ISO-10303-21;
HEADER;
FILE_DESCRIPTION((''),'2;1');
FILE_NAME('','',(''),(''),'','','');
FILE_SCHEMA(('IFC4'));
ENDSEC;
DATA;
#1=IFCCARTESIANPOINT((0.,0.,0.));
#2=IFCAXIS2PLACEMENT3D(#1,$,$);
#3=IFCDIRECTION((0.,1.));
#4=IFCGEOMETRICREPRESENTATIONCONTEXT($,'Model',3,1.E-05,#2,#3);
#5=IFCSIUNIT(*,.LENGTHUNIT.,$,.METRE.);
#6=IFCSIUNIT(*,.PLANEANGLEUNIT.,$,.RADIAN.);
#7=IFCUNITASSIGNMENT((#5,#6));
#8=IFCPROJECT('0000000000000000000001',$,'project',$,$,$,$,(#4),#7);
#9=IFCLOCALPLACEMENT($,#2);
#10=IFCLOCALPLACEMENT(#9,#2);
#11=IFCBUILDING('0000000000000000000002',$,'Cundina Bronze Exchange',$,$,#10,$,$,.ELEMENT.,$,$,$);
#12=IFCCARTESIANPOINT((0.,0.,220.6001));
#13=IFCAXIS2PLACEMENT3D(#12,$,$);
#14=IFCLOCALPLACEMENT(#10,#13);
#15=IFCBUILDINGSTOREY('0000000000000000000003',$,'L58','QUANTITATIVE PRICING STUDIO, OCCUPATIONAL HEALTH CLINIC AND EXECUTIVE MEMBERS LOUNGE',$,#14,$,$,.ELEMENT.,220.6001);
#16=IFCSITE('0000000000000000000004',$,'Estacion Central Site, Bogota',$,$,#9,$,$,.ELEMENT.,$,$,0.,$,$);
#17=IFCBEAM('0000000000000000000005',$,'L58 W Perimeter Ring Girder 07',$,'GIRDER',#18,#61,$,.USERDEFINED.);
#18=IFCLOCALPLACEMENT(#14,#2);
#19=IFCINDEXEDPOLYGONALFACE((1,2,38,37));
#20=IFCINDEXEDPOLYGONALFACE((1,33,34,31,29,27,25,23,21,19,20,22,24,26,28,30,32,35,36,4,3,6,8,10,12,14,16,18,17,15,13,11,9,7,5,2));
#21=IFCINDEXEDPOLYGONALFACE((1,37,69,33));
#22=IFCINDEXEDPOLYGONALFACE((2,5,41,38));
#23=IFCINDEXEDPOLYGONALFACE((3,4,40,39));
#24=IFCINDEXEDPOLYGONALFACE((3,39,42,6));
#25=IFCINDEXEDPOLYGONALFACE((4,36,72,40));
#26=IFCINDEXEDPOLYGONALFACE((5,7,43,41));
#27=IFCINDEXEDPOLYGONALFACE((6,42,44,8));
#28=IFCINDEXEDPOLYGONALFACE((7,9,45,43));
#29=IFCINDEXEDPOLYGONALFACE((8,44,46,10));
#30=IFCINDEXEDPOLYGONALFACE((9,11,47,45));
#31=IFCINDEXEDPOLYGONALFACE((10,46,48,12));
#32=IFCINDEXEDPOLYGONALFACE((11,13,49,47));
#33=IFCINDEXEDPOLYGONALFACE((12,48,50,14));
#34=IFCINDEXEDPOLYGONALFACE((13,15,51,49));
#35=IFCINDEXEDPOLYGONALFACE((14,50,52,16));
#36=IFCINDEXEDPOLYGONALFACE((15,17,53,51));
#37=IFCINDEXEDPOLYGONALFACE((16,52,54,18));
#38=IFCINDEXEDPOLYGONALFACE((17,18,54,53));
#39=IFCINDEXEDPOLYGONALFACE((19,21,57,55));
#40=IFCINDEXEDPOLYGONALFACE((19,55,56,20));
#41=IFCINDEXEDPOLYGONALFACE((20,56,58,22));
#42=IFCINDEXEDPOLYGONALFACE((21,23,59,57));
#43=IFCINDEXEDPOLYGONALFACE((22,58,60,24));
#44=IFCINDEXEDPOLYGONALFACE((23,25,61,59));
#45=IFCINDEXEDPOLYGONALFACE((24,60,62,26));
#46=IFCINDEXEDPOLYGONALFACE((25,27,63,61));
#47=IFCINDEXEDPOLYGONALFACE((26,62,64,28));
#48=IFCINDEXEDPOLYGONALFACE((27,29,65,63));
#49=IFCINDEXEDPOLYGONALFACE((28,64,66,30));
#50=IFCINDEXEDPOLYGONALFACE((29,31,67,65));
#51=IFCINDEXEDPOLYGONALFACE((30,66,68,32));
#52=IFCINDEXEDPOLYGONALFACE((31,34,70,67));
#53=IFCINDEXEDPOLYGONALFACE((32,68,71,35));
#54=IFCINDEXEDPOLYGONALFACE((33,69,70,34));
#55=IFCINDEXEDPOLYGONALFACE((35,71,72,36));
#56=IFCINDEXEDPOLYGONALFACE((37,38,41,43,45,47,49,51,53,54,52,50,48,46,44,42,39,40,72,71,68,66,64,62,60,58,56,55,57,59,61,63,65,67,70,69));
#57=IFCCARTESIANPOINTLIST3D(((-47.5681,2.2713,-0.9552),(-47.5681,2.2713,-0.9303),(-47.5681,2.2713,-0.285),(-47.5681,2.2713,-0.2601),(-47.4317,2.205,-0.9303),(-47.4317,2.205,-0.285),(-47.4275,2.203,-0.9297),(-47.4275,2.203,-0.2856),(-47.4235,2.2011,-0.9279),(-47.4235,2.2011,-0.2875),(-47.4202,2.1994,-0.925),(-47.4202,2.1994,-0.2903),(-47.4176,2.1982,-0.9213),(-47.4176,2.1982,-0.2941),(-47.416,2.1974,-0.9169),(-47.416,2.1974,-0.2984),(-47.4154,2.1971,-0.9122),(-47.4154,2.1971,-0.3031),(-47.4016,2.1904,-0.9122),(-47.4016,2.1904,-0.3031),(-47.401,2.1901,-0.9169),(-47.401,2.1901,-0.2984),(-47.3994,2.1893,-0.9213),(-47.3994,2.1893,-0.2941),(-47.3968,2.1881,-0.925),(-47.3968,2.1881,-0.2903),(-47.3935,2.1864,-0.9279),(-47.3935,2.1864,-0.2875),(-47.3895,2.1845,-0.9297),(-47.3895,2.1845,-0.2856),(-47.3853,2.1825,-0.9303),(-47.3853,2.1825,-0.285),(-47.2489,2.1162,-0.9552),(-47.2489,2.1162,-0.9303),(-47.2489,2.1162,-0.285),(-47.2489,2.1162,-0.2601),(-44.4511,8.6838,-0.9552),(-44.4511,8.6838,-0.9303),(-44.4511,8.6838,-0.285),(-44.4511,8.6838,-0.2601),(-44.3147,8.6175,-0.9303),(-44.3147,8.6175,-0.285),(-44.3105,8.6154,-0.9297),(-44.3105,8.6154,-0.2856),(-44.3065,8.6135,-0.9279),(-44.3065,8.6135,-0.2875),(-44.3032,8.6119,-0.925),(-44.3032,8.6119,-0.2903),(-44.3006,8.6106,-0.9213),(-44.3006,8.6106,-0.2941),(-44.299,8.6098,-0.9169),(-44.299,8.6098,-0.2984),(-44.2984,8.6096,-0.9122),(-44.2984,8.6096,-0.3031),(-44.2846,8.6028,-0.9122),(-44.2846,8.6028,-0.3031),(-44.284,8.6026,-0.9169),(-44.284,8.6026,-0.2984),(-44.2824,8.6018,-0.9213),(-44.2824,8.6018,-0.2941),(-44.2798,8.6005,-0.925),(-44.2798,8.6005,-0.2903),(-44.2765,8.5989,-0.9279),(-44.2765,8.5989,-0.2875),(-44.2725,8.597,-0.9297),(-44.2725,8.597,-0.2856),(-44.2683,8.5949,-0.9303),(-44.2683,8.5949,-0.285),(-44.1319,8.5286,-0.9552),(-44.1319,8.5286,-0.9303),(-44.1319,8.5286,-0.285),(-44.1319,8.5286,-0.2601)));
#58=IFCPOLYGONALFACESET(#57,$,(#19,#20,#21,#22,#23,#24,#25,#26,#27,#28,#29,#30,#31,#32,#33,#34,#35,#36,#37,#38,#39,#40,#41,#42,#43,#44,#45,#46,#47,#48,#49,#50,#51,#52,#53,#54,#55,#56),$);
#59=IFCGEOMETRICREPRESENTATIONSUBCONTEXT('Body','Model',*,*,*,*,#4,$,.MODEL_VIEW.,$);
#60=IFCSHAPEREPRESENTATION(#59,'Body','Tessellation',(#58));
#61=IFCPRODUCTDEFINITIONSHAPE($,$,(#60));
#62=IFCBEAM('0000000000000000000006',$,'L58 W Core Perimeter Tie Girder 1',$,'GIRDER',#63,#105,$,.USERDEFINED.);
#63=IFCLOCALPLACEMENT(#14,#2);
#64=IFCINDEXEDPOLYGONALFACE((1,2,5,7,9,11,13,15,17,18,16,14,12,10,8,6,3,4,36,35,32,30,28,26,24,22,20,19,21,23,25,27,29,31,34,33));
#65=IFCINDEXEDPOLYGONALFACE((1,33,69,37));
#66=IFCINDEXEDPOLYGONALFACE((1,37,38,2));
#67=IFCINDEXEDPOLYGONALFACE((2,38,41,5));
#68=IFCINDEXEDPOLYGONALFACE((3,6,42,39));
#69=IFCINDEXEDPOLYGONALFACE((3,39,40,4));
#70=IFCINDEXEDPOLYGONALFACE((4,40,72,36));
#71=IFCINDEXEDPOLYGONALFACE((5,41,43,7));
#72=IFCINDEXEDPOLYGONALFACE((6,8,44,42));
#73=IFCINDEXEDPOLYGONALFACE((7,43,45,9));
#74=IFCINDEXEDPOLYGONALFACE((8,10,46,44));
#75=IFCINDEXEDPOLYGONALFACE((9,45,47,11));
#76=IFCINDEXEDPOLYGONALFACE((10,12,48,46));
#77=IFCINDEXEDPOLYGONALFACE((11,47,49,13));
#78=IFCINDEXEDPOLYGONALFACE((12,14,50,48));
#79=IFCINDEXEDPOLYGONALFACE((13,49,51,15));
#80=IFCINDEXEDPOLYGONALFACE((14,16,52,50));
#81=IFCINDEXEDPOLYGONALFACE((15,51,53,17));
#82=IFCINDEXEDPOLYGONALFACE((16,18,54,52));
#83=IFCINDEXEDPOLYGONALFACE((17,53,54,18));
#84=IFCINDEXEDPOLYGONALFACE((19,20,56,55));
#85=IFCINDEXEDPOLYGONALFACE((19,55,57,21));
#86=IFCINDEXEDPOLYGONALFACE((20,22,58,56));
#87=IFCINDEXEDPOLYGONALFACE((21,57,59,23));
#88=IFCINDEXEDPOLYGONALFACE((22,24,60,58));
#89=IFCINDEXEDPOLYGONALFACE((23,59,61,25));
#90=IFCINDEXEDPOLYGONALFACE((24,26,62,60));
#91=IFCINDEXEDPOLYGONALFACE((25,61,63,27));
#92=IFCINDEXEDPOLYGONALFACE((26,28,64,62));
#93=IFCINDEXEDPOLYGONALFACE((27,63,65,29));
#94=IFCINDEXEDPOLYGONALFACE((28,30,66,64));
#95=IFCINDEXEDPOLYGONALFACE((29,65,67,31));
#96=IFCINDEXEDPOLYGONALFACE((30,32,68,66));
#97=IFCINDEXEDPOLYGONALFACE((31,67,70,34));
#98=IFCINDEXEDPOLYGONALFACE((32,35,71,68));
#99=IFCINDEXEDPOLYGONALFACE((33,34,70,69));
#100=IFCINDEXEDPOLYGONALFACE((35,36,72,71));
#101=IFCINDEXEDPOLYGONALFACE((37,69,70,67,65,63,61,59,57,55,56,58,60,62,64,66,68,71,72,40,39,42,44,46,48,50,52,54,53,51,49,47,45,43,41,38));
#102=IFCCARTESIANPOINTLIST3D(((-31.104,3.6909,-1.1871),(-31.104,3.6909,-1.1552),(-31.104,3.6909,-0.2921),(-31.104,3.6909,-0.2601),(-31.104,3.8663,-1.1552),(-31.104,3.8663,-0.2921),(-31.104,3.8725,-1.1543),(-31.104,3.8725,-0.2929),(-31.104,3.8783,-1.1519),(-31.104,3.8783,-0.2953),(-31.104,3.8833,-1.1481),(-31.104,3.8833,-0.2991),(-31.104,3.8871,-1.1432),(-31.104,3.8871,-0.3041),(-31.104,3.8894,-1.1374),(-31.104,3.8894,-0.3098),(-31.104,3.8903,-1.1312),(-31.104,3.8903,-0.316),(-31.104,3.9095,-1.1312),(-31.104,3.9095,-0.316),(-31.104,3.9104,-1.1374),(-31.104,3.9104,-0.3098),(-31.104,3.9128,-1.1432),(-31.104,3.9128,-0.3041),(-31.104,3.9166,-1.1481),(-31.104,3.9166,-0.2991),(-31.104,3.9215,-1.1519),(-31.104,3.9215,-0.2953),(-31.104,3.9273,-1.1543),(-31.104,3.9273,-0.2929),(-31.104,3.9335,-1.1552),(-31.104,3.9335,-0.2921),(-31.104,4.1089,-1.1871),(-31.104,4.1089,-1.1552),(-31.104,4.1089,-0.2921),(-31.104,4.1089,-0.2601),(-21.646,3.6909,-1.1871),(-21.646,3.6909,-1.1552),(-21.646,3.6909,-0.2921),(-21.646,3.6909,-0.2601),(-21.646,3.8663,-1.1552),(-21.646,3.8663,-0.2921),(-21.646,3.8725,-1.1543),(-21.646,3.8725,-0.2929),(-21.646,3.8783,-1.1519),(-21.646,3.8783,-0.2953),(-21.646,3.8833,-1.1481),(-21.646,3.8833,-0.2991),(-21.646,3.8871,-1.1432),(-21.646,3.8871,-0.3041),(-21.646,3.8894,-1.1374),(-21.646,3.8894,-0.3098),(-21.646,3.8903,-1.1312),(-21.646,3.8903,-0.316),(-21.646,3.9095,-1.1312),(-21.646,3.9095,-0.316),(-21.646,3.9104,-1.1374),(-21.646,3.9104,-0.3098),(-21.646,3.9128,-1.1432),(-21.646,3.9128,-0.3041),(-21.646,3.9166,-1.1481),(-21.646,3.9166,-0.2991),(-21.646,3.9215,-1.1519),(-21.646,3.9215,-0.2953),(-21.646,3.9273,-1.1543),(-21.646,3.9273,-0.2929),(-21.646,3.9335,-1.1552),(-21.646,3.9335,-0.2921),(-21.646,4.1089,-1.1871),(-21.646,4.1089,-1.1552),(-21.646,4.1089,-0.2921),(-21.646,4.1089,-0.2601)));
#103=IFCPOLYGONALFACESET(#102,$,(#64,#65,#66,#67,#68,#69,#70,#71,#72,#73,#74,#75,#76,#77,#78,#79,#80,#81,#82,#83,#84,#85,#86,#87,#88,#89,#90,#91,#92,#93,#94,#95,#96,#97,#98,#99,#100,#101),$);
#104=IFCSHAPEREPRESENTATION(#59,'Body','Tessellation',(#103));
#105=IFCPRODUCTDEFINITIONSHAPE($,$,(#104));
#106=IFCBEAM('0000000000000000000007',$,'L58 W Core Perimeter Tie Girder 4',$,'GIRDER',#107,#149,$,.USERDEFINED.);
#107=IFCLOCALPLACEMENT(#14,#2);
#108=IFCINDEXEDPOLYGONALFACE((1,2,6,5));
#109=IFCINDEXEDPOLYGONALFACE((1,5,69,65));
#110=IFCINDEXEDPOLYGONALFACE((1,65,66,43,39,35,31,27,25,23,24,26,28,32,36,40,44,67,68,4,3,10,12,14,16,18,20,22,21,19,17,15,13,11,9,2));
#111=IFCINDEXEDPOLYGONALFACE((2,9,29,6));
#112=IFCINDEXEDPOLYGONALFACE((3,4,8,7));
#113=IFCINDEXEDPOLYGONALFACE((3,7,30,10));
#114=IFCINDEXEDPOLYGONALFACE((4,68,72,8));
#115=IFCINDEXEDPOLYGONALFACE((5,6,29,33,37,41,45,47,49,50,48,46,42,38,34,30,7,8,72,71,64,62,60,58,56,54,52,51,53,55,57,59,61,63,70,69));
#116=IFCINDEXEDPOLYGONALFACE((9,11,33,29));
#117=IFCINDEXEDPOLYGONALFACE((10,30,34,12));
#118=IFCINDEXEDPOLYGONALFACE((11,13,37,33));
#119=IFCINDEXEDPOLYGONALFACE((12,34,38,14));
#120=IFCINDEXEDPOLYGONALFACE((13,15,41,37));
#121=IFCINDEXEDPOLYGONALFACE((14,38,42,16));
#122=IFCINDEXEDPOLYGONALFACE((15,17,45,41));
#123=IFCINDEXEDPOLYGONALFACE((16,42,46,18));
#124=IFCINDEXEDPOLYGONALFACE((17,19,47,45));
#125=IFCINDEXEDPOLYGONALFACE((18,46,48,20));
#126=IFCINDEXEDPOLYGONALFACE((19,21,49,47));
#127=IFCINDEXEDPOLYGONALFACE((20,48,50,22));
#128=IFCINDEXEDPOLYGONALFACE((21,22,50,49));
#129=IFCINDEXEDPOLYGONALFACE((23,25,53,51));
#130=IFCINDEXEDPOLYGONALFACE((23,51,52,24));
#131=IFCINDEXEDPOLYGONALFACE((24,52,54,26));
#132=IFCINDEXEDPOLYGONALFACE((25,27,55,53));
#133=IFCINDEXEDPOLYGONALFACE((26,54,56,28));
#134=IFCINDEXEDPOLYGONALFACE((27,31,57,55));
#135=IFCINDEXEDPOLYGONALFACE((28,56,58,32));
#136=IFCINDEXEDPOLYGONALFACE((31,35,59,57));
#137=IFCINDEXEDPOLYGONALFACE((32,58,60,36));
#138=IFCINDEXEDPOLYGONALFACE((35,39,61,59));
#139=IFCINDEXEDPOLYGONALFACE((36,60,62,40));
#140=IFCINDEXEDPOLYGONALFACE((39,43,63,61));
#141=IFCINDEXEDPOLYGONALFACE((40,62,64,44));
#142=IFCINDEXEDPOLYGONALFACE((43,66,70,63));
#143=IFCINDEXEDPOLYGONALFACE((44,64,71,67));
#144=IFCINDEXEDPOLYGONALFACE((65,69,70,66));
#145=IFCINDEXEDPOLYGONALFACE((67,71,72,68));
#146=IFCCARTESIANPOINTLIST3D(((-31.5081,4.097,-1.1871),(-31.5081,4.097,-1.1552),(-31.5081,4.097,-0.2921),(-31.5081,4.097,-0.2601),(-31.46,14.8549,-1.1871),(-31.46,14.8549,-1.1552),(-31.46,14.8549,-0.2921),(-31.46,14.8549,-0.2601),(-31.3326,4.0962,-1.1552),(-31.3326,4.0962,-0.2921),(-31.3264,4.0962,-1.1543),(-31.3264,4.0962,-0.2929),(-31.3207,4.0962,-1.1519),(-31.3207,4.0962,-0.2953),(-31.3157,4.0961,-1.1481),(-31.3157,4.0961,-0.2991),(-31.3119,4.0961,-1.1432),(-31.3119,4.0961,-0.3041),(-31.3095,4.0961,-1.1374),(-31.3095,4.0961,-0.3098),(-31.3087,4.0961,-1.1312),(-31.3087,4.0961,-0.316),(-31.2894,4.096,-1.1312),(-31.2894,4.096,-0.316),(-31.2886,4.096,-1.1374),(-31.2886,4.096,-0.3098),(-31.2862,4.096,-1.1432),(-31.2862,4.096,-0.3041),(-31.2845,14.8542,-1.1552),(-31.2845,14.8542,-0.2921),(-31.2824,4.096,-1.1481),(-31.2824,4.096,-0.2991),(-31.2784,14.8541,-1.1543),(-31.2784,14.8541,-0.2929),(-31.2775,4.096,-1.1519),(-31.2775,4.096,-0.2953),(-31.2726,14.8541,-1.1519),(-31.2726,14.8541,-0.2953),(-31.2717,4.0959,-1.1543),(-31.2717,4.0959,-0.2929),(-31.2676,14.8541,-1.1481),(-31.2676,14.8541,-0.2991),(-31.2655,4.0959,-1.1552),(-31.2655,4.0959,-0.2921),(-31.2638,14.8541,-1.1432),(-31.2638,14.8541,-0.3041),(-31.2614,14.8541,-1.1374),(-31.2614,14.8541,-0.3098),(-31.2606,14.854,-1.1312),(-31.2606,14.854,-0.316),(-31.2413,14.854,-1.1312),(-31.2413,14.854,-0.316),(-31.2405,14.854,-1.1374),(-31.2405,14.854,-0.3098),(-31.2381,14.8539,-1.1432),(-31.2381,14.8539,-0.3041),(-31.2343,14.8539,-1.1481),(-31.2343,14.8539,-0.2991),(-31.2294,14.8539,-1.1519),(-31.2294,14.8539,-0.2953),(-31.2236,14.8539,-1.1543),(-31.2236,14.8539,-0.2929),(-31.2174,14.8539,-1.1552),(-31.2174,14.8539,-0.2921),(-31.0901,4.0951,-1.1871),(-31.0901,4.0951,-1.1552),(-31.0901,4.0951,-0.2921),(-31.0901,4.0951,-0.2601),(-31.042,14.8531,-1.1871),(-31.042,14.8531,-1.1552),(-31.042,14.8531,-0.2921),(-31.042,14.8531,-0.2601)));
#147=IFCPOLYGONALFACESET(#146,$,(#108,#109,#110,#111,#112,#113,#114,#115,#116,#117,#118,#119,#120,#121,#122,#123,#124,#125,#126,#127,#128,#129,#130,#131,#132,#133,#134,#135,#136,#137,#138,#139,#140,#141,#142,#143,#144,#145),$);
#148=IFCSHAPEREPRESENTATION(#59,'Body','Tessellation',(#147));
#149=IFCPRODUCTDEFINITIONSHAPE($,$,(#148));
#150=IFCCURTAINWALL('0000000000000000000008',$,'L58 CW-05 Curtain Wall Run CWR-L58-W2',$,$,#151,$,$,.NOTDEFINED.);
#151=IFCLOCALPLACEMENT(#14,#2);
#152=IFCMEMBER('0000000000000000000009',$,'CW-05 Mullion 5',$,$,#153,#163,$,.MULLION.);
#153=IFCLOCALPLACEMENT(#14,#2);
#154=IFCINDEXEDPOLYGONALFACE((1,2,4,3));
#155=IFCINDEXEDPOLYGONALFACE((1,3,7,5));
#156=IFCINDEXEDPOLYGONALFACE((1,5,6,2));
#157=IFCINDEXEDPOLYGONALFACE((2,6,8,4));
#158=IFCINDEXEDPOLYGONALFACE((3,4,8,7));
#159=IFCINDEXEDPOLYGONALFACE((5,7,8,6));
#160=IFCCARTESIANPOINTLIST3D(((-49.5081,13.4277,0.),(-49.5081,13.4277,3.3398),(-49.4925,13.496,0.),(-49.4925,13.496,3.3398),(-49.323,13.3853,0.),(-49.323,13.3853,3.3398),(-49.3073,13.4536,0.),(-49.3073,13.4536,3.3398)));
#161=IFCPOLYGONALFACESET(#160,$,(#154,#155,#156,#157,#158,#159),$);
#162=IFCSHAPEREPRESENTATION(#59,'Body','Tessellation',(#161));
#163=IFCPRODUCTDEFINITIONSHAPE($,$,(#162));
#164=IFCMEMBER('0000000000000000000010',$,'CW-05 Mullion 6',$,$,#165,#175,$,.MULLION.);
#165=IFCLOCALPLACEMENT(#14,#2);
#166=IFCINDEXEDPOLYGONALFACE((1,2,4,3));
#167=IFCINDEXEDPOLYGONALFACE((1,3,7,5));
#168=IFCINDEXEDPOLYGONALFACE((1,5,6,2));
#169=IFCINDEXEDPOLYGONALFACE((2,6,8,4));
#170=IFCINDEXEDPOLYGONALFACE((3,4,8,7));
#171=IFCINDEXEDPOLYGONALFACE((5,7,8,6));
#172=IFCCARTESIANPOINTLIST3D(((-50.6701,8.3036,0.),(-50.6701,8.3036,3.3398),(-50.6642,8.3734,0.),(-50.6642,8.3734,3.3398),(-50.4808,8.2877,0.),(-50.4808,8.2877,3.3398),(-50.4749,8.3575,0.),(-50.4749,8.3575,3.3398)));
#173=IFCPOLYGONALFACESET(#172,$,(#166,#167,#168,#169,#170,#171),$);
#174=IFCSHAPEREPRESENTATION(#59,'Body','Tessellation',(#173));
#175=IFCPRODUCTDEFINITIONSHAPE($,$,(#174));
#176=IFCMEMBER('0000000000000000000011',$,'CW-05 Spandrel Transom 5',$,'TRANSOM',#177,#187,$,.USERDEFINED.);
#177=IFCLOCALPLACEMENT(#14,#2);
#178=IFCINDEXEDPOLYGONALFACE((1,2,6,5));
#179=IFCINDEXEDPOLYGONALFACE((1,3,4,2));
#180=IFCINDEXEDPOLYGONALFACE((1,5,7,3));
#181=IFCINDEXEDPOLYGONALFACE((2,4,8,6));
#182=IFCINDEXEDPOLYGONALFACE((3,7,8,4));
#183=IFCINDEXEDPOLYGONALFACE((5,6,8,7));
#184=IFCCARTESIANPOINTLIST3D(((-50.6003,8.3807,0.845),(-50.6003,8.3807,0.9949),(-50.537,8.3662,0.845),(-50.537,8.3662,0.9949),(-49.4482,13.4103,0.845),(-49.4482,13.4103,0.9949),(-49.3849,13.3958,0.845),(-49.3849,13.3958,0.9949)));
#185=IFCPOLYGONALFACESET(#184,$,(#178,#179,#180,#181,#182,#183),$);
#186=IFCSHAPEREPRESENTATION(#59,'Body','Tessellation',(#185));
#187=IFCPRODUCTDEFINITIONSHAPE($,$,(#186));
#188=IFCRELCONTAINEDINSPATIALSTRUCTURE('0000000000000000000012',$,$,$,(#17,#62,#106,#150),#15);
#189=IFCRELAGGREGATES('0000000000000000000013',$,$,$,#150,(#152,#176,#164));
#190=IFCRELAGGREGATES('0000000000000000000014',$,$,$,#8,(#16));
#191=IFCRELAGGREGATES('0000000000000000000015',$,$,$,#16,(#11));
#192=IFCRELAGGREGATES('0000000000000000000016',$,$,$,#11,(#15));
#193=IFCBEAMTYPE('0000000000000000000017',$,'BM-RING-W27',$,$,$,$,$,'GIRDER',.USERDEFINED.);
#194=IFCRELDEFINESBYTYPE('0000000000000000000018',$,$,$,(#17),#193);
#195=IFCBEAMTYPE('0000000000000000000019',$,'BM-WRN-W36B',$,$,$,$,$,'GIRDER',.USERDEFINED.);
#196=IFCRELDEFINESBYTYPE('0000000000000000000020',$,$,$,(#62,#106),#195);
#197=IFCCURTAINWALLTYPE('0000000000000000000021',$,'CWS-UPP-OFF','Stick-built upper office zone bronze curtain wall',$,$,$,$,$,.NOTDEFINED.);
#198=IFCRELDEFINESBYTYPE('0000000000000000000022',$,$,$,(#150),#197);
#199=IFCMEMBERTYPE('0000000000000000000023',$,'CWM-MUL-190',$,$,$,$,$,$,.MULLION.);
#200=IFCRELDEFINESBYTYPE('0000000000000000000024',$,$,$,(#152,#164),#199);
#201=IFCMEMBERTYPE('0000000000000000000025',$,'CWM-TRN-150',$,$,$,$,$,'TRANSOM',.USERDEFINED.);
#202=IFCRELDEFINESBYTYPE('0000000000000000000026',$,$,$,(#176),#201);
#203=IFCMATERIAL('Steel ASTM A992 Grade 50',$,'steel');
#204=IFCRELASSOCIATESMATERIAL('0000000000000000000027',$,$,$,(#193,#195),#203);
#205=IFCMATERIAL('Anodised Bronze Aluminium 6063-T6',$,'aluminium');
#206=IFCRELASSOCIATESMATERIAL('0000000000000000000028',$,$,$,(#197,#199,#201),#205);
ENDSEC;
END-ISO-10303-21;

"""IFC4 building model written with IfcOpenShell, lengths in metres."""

from ifc_helpers import new_model, si_unit, direction, frame, origin, origin_2d, place, context, subcontext, project, spatial, rectangle, i_section, extrude, material, material_profile, profile_set, type_object, element, aggregate, save


model = new_model("IFC4")

# Units and contexts
model_context = context("Model", 3, precision=1e-05, world=origin(), true_north=direction((0.0, 1.0)))
body_context = subcontext(model_context, "Body", "Model", "MODEL_VIEW")
ifc_project = project(units=[si_unit("LENGTHUNIT", "METRE"), si_unit("PLANEANGLEUNIT", "RADIAN")], contexts=[model_context])

# Site, building, storey
site_placement = place(None, origin())
site = spatial("IfcSite", under=ifc_project, at=site_placement, Name="Estacion Central Site, Bogota", CompositionType="ELEMENT", RefElevation=0.0)
building_placement = place(site_placement, origin())
building = spatial("IfcBuilding", under=site, at=building_placement, Name="Cundina Bronze Exchange", CompositionType="ELEMENT")
storey_placement = place(building_placement, frame((0.0, 0.0, 220.6001)))
storey = spatial("IfcBuildingStorey", under=building, at=storey_placement, Name="L58", Description="QUANTITATIVE PRICING STUDIO, OCCUPATIONAL HEALTH CLINIC AND EXECUTIVE MEMBERS LOUNGE", CompositionType="ELEMENT", Elevation=220.6001)

# Beams
ifc_material_1 = material(Name="Steel ASTM A992 Grade 50", Category="steel")
ifc_material_profile_1 = material_profile(ifc_material_1, i_section(OverallWidth=0.355, OverallDepth=0.6951, WebThickness=0.0154, FlangeThickness=0.0249, FilletRadius=0.0181, at=origin_2d()), Name="W27X146", Category="steel")
ifc_profile_set_1 = profile_set([ifc_material_profile_1], Name="Steel ASTM A992 Grade 50")
beam_type_1 = type_object("IfcBeamType", Name="BM-RING-W27", ElementType="GIRDER", PredefinedType="USERDEFINED", material=ifc_profile_set_1)
beam_1_placement = place(storey_placement, frame((-44.2915, 8.6062, -0.6077), z_axis=(-0.437173, -0.899377, 0.0), x_axis=(0.899377, -0.437173, 0.0)))
element("IfcBeam", 1, at=beam_1_placement, inside=storey, type_object=beam_type_1, Name="L58 W Perimeter Ring Girder 07", ObjectType="GIRDER", PredefinedType="USERDEFINED", context=body_context, shape_type="SweptSolid", body=[
    extrude(i_section(OverallWidth=0.355, OverallDepth=0.6951, WebThickness=0.0154, FlangeThickness=0.0249, FilletRadius=0.0181, at=origin_2d()), origin(), (0.0, 0.0, 1.0), 7.1299),
])
ifc_material_profile_2 = material_profile(ifc_material_1, i_section(OverallWidth=0.418, OverallDepth=0.927, WebThickness=0.0193, FlangeThickness=0.032, FilletRadius=0.0239, at=origin_2d()), Name="W36X231", Category="steel")
ifc_profile_set_2 = profile_set([ifc_material_profile_2], Name="Steel ASTM A992 Grade 50")
beam_type_2 = type_object("IfcBeamType", Name="BM-WRN-W36B", ElementType="GIRDER", PredefinedType="USERDEFINED", material=ifc_profile_set_2)
beam_2_placement = place(storey_placement, frame((-31.104, 3.8999, -0.7236), z_axis=(1.0, 0.0, 0.0), x_axis=(0.0, 1.0, 0.0)))
element("IfcBeam", 2, at=beam_2_placement, inside=storey, type_object=beam_type_2, Name="L58 W Core Perimeter Tie Girder 1", ObjectType="GIRDER", PredefinedType="USERDEFINED", context=body_context, shape_type="SweptSolid", body=[
    extrude(i_section(OverallWidth=0.418, OverallDepth=0.927, WebThickness=0.0193, FlangeThickness=0.032, FilletRadius=0.0239, at=origin_2d()), origin(), (0.0, 0.0, 1.0), 9.458),
])
beam_3_placement = place(storey_placement, frame((-31.251, 14.854, -0.7236), z_axis=(-0.004471, -0.99999, 0.0), x_axis=(0.99999, -0.004471, 0.0)))
element("IfcBeam", 3, at=beam_3_placement, inside=storey, type_object=beam_type_2, Name="L58 W Core Perimeter Tie Girder 4", ObjectType="GIRDER", PredefinedType="USERDEFINED", context=body_context, shape_type="SweptSolid", body=[
    extrude(i_section(OverallWidth=0.418, OverallDepth=0.927, WebThickness=0.0193, FlangeThickness=0.032, FilletRadius=0.0239, at=origin_2d()), origin(), (0.0, 0.0, 1.0), 10.7581),
])

# Curtain wall, members
ifc_material_2 = material(Name="Anodised Bronze Aluminium 6063-T6", Category="aluminium")
curtain_wall_type = type_object("IfcCurtainWallType", Name="CWS-UPP-OFF", Description="Stick-built upper office zone bronze curtain wall", PredefinedType="NOTDEFINED", material=ifc_material_2)
curtain_wall_placement = place(storey_placement, origin())
curtain_wall = element("IfcCurtainWall", 4, at=curtain_wall_placement, inside=storey, type_object=curtain_wall_type, Name="L58 CW-05 Curtain Wall Run CWR-L58-W2", PredefinedType="NOTDEFINED")
ifc_material_profile_3 = material_profile(ifc_material_2, rectangle(XDim=0.0701, YDim=0.1899, at=origin_2d()), Name="AL70X190", Category="aluminium")
ifc_profile_set_3 = profile_set([ifc_material_profile_3], Name="Anodised Bronze Aluminium 6063-T6")
member_type_1 = type_object("IfcMemberType", Name="CWM-MUL-190", PredefinedType="MULLION", material=ifc_profile_set_3)
member_1_placement = place(storey_placement, frame((-49.4077, 13.4407, 0.0), z_axis=(0.0, 0.0, 1.0), x_axis=(-0.22325, -0.974761, 0.0)))
member_1 = element("IfcMember", 5, at=member_1_placement, type_object=member_type_1, Name="CW-05 Mullion 5", PredefinedType="MULLION", context=body_context, shape_type="SweptSolid", body=[
    extrude(rectangle(XDim=0.0701, YDim=0.1899, at=origin_2d()), origin(), (0.0, 0.0, 1.0), 3.3398),
])
member_2_placement = place(storey_placement, frame((-50.5725, 8.3306, 0.0), z_axis=(0.0, 0.0, 1.0), x_axis=(-0.083678, -0.996493, 0.0)))
member_2 = element("IfcMember", 6, at=member_2_placement, type_object=member_type_1, Name="CW-05 Mullion 6", PredefinedType="MULLION", context=body_context, shape_type="SweptSolid", body=[
    extrude(rectangle(XDim=0.0701, YDim=0.1899, at=origin_2d()), origin(), (0.0, 0.0, 1.0), 3.3398),
])
ifc_material_profile_4 = material_profile(ifc_material_2, rectangle(XDim=0.0649, YDim=0.1499, at=origin_2d()), Name="AL65X150", Category="aluminium")
ifc_profile_set_4 = profile_set([ifc_material_profile_4], Name="Anodised Bronze Aluminium 6063-T6")
member_type_2 = type_object("IfcMemberType", Name="CWM-TRN-150", ElementType="TRANSOM", PredefinedType="USERDEFINED", material=ifc_profile_set_4)
member_3_placement = place(storey_placement, frame((-49.4165, 13.4031, 0.9199), z_axis=(-0.223283, -0.974754, 0.0), x_axis=(0.974754, -0.223283, 0.0)))
member_3 = element("IfcMember", 7, at=member_3_placement, type_object=member_type_2, Name="CW-05 Spandrel Transom 5", ObjectType="TRANSOM", PredefinedType="USERDEFINED", context=body_context, shape_type="SweptSolid", body=[
    extrude(rectangle(XDim=0.0649, YDim=0.1499, at=origin_2d()), origin(), (0.0, 0.0, 1.0), 5.1599),
])
aggregate(curtain_wall, [member_1, member_3, member_2])

save(model, "model.ifc")
